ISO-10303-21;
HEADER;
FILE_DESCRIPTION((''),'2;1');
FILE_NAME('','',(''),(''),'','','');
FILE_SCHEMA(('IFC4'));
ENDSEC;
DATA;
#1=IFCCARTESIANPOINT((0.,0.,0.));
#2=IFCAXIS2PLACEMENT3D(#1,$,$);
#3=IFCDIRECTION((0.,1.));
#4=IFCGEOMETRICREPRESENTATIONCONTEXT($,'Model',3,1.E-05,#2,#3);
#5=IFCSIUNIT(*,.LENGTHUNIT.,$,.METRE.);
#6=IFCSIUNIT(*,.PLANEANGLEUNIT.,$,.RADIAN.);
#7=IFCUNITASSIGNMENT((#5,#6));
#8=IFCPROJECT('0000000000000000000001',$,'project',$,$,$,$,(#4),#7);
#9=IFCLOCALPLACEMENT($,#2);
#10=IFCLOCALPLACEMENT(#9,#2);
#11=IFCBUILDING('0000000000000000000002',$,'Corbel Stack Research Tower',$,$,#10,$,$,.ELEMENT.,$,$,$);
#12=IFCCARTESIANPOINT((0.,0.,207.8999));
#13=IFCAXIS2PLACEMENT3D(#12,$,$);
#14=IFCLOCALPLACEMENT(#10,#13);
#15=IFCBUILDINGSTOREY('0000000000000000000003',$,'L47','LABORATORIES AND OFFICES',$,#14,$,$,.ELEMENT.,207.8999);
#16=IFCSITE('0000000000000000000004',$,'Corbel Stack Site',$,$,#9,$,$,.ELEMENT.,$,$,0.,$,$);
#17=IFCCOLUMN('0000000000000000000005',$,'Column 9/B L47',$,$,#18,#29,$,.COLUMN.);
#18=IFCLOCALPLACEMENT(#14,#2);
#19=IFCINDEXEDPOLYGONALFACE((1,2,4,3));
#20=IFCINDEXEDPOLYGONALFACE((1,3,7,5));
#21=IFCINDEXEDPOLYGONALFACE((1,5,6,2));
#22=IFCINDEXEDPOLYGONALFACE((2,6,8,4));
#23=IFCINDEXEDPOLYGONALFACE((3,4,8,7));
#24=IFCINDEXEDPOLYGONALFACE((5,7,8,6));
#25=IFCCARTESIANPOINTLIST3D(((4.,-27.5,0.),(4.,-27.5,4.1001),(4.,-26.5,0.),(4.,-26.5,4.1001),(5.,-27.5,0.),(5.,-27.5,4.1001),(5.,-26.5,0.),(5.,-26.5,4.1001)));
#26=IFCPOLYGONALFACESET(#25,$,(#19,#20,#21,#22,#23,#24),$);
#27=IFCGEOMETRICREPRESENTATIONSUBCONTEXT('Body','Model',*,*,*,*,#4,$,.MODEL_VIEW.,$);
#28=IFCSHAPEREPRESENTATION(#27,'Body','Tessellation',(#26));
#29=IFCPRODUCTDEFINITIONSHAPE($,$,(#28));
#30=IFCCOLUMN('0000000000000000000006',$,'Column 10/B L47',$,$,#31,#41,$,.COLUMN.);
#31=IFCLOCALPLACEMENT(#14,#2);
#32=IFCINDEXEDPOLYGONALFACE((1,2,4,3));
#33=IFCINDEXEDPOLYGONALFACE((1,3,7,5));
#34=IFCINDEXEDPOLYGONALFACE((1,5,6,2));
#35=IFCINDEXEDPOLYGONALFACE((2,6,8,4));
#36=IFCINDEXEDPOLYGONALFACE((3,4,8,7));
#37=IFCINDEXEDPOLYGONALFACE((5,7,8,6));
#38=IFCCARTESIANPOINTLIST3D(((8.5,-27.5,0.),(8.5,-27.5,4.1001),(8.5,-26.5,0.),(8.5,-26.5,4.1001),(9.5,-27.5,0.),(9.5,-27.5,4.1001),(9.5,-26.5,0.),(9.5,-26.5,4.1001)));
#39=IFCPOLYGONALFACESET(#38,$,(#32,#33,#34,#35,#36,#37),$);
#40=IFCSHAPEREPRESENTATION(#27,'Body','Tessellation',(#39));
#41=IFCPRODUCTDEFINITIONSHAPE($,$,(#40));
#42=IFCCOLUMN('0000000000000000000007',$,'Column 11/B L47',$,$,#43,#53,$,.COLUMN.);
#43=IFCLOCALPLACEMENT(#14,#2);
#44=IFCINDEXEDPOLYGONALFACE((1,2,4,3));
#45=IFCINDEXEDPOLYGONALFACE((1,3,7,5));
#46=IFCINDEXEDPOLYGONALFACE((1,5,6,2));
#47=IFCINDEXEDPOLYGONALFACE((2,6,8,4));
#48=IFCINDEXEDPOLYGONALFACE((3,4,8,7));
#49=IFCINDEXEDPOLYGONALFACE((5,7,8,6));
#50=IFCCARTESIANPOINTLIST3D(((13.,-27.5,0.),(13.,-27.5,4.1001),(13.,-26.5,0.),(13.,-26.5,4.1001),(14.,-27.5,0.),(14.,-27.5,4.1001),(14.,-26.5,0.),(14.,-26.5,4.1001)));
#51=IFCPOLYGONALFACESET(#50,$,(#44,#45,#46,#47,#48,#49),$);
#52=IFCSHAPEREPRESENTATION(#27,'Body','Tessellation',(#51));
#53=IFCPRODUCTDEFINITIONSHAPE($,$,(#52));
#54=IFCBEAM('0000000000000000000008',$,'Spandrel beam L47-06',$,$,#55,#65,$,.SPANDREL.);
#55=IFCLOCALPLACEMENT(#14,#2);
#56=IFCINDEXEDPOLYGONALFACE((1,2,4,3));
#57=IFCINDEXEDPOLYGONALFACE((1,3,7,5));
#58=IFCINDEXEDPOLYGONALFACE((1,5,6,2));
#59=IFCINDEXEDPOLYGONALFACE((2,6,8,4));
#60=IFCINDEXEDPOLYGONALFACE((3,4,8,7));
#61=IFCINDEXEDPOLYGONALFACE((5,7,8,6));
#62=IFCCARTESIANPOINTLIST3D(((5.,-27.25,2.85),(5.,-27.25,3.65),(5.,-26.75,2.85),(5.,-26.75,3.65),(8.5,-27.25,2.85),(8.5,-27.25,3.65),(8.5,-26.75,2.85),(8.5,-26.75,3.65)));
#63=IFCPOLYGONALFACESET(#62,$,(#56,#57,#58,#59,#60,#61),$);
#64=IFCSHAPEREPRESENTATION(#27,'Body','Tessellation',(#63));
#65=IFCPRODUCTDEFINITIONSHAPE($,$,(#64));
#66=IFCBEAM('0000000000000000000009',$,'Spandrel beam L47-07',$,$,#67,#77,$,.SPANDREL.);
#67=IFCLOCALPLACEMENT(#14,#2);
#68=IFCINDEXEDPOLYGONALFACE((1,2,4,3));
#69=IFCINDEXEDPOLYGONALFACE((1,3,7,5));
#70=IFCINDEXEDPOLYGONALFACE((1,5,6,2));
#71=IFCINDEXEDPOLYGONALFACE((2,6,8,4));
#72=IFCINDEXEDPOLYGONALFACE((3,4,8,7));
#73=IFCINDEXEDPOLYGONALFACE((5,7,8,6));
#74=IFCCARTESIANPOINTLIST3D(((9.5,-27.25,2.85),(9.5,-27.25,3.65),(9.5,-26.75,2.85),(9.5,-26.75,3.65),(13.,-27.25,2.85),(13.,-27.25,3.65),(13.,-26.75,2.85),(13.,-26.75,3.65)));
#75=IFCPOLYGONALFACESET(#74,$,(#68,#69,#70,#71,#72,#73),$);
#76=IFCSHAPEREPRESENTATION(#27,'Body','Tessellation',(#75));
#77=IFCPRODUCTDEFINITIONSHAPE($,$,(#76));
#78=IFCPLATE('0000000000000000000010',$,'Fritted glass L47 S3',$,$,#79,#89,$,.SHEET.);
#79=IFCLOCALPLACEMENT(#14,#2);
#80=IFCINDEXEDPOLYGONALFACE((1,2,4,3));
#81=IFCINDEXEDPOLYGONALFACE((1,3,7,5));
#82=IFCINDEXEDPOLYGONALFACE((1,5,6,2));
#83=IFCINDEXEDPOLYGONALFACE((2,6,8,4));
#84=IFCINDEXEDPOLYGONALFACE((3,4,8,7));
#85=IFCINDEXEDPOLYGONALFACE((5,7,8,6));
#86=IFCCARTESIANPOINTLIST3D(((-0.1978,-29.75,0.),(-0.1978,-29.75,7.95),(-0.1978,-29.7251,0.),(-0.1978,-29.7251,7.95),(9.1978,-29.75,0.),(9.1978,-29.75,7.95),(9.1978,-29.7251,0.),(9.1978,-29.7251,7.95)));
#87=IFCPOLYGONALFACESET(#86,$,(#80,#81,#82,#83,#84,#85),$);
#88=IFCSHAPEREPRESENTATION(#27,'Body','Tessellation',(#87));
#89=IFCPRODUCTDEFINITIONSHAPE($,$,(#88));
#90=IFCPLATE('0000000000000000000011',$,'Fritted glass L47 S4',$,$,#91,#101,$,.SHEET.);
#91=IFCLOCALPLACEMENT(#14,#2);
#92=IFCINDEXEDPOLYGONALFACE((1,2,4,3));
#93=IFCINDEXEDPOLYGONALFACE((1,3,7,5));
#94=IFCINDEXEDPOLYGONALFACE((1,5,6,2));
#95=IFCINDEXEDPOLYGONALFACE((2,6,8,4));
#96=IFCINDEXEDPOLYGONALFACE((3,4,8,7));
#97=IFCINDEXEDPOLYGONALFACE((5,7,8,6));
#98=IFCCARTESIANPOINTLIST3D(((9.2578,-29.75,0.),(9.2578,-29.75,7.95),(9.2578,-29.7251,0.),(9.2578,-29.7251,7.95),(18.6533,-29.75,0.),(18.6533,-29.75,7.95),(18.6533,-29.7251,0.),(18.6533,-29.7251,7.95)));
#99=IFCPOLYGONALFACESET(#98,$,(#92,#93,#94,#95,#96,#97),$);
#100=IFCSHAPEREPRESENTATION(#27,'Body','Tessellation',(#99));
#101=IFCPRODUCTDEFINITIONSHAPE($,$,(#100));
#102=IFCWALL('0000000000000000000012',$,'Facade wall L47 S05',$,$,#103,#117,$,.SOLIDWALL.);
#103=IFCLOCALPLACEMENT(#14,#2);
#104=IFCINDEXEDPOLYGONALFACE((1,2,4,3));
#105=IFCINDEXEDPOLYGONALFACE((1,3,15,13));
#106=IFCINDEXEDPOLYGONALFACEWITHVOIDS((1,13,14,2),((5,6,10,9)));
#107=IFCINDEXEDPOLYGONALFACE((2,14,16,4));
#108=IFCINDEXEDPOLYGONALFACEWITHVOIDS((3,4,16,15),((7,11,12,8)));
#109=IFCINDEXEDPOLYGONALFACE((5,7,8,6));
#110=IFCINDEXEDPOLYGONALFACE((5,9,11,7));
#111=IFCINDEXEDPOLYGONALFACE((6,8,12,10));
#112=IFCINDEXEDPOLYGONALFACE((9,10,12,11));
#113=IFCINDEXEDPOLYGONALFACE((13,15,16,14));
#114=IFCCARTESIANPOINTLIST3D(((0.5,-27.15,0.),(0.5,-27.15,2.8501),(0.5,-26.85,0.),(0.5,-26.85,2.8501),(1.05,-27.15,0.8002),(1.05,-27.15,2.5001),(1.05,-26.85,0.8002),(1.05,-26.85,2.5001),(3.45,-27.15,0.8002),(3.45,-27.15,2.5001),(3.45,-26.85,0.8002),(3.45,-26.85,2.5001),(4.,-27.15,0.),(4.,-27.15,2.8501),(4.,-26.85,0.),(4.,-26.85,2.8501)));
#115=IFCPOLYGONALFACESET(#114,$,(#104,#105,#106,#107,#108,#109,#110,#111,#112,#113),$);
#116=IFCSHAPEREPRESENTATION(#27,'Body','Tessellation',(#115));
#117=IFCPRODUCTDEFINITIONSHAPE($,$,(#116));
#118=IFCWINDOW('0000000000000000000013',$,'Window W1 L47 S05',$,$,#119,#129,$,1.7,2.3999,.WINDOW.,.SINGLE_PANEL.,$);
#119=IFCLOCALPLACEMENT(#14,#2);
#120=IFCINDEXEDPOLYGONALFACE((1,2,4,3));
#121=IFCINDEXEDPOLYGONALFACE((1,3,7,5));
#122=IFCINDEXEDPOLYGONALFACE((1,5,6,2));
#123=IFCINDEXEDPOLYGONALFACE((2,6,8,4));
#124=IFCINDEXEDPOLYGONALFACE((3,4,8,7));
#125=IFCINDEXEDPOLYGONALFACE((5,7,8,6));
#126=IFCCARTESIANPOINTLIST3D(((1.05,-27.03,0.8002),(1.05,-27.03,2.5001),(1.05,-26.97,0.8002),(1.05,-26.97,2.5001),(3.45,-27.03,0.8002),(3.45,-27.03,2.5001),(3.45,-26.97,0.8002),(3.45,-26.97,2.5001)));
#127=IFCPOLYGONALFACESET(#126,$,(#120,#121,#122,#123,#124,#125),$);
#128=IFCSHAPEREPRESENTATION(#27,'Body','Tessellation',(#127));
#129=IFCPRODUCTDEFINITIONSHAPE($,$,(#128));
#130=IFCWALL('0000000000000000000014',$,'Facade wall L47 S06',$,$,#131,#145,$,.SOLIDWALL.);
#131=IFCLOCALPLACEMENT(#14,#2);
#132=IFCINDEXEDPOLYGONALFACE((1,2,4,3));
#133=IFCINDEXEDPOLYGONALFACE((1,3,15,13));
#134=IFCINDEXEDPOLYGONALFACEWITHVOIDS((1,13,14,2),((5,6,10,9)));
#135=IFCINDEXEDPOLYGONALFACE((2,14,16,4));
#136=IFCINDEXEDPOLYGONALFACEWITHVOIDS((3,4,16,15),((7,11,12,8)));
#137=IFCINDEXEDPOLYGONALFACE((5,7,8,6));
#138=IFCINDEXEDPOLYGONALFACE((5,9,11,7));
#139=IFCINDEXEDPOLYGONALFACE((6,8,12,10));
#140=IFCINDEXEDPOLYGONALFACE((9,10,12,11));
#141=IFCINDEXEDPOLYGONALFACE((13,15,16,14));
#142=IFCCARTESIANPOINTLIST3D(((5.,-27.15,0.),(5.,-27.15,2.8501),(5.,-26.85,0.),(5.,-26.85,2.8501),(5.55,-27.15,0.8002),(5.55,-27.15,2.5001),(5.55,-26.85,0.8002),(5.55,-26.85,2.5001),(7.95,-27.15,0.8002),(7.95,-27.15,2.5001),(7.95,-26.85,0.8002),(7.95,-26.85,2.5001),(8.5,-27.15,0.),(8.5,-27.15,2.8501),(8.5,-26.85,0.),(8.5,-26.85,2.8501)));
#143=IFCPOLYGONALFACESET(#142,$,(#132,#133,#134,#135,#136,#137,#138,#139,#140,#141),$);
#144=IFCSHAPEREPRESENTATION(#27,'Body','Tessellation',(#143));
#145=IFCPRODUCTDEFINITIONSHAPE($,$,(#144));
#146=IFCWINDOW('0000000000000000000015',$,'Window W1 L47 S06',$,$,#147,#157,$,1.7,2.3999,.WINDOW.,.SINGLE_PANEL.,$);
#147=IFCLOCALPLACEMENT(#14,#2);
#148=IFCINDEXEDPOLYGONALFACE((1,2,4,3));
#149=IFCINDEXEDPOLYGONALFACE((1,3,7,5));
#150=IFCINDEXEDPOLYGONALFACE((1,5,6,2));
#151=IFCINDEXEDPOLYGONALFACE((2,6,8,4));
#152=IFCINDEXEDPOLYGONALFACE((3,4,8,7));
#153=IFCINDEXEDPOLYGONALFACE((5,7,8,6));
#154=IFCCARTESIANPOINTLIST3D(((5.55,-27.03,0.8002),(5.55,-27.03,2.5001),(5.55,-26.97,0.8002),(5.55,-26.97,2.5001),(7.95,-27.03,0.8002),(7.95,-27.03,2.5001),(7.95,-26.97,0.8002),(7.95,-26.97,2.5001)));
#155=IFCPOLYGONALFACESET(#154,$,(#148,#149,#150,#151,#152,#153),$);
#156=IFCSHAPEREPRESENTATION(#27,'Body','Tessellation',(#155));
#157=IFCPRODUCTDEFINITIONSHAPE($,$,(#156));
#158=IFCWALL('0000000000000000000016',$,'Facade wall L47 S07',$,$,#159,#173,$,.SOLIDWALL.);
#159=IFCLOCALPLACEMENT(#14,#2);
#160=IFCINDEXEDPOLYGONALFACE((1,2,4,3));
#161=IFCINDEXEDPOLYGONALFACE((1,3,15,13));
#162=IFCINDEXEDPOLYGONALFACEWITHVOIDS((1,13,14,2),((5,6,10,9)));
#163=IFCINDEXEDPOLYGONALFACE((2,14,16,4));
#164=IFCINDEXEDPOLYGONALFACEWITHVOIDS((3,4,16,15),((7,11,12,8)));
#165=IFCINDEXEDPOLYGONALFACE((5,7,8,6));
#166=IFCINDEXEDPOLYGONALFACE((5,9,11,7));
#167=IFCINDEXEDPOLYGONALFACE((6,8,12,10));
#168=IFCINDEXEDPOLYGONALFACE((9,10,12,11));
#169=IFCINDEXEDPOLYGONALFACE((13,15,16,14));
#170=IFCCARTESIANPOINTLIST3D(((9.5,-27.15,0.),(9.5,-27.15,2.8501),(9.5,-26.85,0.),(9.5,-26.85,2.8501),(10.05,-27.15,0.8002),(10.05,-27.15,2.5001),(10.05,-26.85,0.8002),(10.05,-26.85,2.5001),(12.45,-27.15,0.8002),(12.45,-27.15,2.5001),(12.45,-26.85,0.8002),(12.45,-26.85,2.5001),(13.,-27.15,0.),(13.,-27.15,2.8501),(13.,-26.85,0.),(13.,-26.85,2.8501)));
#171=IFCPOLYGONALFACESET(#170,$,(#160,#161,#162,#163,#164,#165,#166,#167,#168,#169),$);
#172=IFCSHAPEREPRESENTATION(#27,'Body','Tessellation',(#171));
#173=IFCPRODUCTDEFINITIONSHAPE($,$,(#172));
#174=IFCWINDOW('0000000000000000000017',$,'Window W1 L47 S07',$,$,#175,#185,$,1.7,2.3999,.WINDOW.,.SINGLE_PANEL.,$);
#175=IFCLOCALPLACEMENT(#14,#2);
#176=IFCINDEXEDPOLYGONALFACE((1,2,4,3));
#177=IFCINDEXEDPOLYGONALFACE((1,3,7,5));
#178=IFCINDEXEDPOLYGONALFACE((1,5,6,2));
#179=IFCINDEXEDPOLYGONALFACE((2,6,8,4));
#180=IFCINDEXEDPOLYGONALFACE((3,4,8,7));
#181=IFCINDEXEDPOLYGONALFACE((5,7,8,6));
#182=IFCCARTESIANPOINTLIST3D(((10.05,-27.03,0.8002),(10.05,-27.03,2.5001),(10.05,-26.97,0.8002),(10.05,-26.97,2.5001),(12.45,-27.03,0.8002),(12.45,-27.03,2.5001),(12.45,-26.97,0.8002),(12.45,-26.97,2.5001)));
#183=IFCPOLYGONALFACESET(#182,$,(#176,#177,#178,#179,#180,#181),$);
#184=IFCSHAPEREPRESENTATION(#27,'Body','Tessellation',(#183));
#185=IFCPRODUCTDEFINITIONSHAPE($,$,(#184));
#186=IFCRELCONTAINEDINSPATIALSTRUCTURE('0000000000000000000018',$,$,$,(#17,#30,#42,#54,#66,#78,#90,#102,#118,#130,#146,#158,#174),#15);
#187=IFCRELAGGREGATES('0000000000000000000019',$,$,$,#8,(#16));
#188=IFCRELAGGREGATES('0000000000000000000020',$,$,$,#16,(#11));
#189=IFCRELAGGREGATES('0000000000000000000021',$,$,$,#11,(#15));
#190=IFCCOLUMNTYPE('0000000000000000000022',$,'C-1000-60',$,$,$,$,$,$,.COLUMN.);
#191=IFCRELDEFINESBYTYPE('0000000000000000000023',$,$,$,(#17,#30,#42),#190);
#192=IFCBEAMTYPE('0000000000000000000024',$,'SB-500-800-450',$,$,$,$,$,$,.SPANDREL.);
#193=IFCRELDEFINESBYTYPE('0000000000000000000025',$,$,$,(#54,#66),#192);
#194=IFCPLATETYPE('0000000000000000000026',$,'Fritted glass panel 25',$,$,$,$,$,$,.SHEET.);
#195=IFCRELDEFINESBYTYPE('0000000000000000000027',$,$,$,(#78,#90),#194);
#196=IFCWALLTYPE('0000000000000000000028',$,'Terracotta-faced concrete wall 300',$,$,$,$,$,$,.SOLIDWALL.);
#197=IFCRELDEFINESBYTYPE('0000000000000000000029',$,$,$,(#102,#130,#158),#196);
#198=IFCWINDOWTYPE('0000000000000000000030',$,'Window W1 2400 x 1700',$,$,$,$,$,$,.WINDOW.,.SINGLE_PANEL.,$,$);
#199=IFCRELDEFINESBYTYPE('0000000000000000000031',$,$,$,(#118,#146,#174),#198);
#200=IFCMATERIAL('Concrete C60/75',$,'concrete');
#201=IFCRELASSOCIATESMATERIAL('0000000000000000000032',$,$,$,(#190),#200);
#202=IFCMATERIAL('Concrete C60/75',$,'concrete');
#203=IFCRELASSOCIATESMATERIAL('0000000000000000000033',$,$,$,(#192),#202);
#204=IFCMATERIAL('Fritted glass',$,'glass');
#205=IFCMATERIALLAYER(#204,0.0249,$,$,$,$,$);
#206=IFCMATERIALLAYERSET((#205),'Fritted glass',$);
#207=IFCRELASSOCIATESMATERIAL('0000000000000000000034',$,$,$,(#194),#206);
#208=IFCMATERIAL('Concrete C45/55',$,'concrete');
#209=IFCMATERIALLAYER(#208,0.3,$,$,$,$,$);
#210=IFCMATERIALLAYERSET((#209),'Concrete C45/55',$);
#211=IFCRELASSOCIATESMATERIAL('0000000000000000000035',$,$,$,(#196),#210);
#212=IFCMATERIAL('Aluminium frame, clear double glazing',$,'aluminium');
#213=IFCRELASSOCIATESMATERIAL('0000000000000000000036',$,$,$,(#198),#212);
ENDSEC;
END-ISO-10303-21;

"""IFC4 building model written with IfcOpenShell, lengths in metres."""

from ifc_helpers import new_model, si_unit, direction, frame, frame_2d, origin, origin_2d, place, context, subcontext, project, spatial, rectangle, extrude, material, layer, layer_set, material_profile, profile_set, type_object, element, fill, save


model = new_model("IFC4")

# Units and contexts
model_context = context("Model", 3, precision=1e-05, world=origin(), true_north=direction((0.0, 1.0)))
body_context = subcontext(model_context, "Body", "Model", "MODEL_VIEW")
ifc_project = project(units=[si_unit("LENGTHUNIT", "METRE"), si_unit("PLANEANGLEUNIT", "RADIAN")], contexts=[model_context])

# Site, building, storey
site_placement = place(None, origin())
site = spatial("IfcSite", under=ifc_project, at=site_placement, Name="Corbel Stack Site", CompositionType="ELEMENT", RefElevation=0.0)
building_placement = place(site_placement, origin())
building = spatial("IfcBuilding", under=site, at=building_placement, Name="Corbel Stack Research Tower", CompositionType="ELEMENT")
storey_placement = place(building_placement, frame((0.0, 0.0, 207.8999)))
storey = spatial("IfcBuildingStorey", under=building, at=storey_placement, Name="L47", Description="LABORATORIES AND OFFICES", CompositionType="ELEMENT", Elevation=207.8999)

# Columns
ifc_material_1 = material(Name="Concrete C60/75", Category="concrete")
ifc_material_profile_1 = material_profile(ifc_material_1, rectangle(XDim=1.0, YDim=1.0, at=origin_2d()), Name="RC 1000 x 1000")
ifc_profile_set_1 = profile_set([ifc_material_profile_1], Name="Concrete C60/75")
column_type = type_object("IfcColumnType", Name="C-1000-60", PredefinedType="COLUMN", material=ifc_profile_set_1)
for number, where, z_axis, x_axis, name in (
    (1, (4.5, -27.0, 0.0), (0.0, 0.0, 1.0), (1.0, 0.0, 0.0), "Column 9/B L47"),
    (2, (9.0, -27.0, 0.0), (0.0, 0.0, 1.0), (1.0, 0.0, 0.0), "Column 10/B L47"),
    (3, (13.5, -27.0, 0.0), (0.0, 0.0, 1.0), (1.0, 0.0, 0.0), "Column 11/B L47"),
):
    element("IfcColumn", number, at=place(storey_placement, frame(where, z_axis=z_axis, x_axis=x_axis)), inside=storey, type_object=column_type, Name=name, PredefinedType="COLUMN", context=body_context, shape_type="SweptSolid", body=[
        extrude(rectangle(XDim=1.0, YDim=1.0, at=origin_2d()), origin(), (0.0, 0.0, 1.0), 4.1001),
    ])

# Beams
ifc_material_2 = material(Name="Concrete C60/75", Category="concrete")
ifc_material_profile_2 = material_profile(ifc_material_2, rectangle(XDim=0.5, YDim=0.8, at=origin_2d()), Name="RC 500 x 800")
ifc_profile_set_2 = profile_set([ifc_material_profile_2], Name="Concrete C60/75")
beam_type = type_object("IfcBeamType", Name="SB-500-800-450", PredefinedType="SPANDREL", material=ifc_profile_set_2)
for number, where, z_axis, x_axis, name in (
    (4, (5.0, -27.0, 3.25), (1.0, 0.0, 0.0), (0.0, 1.0, 0.0), "Spandrel beam L47-06"),
    (5, (9.5, -27.0, 3.25), (1.0, 0.0, 0.0), (0.0, 1.0, 0.0), "Spandrel beam L47-07"),
):
    element("IfcBeam", number, at=place(storey_placement, frame(where, z_axis=z_axis, x_axis=x_axis)), inside=storey, type_object=beam_type, Name=name, PredefinedType="SPANDREL", context=body_context, shape_type="SweptSolid", body=[
        extrude(rectangle(XDim=0.5, YDim=0.8, at=origin_2d()), origin(), (0.0, 0.0, 1.0), 3.5),
    ])

# Plates
ifc_material_3 = material(Name="Fritted glass", Category="glass")
ifc_layer_1 = layer(ifc_material_3, 0.0249)
ifc_layer_set_1 = layer_set([ifc_layer_1], Name="Fritted glass")
plate_type = type_object("IfcPlateType", Name="Fritted glass panel 25", PredefinedType="SHEET", material=ifc_layer_set_1)
for number, where, z_axis, x_axis, name in (
    (6, (4.5, -29.7375, 0.0), (0.0, 0.0, 1.0), (1.0, 0.0, 0.0), "Fritted glass L47 S3"),
    (7, (13.9556, -29.7375, 0.0), (0.0, 0.0, 1.0), (1.0, 0.0, 0.0), "Fritted glass L47 S4"),
):
    element("IfcPlate", number, at=place(storey_placement, frame(where, z_axis=z_axis, x_axis=x_axis)), inside=storey, type_object=plate_type, Name=name, PredefinedType="SHEET", context=body_context, shape_type="SweptSolid", body=[
        extrude(rectangle(XDim=9.3955, YDim=0.0249, at=origin_2d()), origin(), (0.0, 0.0, 1.0), 7.95),
    ])

# Walls, openings, windows
ifc_material_4 = material(Name="Concrete C45/55", Category="concrete")
ifc_layer_2 = layer(ifc_material_4, 0.3)
ifc_layer_set_2 = layer_set([ifc_layer_2], Name="Concrete C45/55")
wall_type = type_object("IfcWallType", Name="Terracotta-faced concrete wall 300", PredefinedType="SOLIDWALL", material=ifc_layer_set_2)
wall_1_placement = place(storey_placement, frame((4.0, -27.0, 0.0), z_axis=(0.0, 0.0, 1.0), x_axis=(-1.0, 0.0, 0.0)))
wall_1 = element("IfcWall", 8, at=wall_1_placement, inside=storey, type_object=wall_type, Name="Facade wall L47 S05", PredefinedType="SOLIDWALL", context=body_context, shape_type="SweptSolid", body=[
    extrude(rectangle(XDim=3.5, YDim=0.3, at=frame_2d((1.75, 0.0))), origin(), (0.0, 0.0, 1.0), 2.8501),
])
opening_1_placement = place(wall_1_placement, frame((0.55, 0.0, 0.8)))
opening_1 = element("IfcOpeningElement", 9, at=opening_1_placement, cuts=wall_1, PredefinedType="OPENING", context=body_context, shape_type="SweptSolid", body=[
    extrude(rectangle(XDim=2.3999, YDim=1.7, at=frame_2d((1.2, 0.8501))), frame((0.0, 0.1599, 0.0), z_axis=(0.0, -1.0, 0.0), x_axis=(1.0, 0.0, 0.0)), (0.0, 0.0, 1.0), 0.3201),
])
ifc_material_5 = material(Name="Aluminium frame, clear double glazing", Category="aluminium")
window_type = type_object("IfcWindowType", Name="Window W1 2400 x 1700", PartitioningType="SINGLE_PANEL", PredefinedType="WINDOW", material=ifc_material_5)
window_1_placement = place(opening_1_placement, origin())
window_1 = element("IfcWindow", 10, at=window_1_placement, inside=storey, type_object=window_type, Name="Window W1 L47 S05", OverallHeight=1.7, OverallWidth=2.3999, PartitioningType="SINGLE_PANEL", PredefinedType="WINDOW", context=body_context, shape_type="SweptSolid", body=[
    extrude(rectangle(XDim=2.3999, YDim=1.7, at=frame_2d((1.2, 0.8501))), frame((0.0, 0.03, 0.0), z_axis=(0.0, -1.0, 0.0), x_axis=(1.0, 0.0, 0.0)), (0.0, 0.0, 1.0), 0.0601),
])
fill(opening_1, window_1)
wall_2_placement = place(storey_placement, frame((8.5, -27.0, 0.0), z_axis=(0.0, 0.0, 1.0), x_axis=(-1.0, 0.0, 0.0)))
wall_2 = element("IfcWall", 11, at=wall_2_placement, inside=storey, type_object=wall_type, Name="Facade wall L47 S06", PredefinedType="SOLIDWALL", context=body_context, shape_type="SweptSolid", body=[
    extrude(rectangle(XDim=3.5, YDim=0.3, at=frame_2d((1.75, 0.0))), origin(), (0.0, 0.0, 1.0), 2.8501),
])
opening_2_placement = place(wall_2_placement, frame((0.55, 0.0, 0.8)))
opening_2 = element("IfcOpeningElement", 12, at=opening_2_placement, cuts=wall_2, PredefinedType="OPENING", context=body_context, shape_type="SweptSolid", body=[
    extrude(rectangle(XDim=2.3999, YDim=1.7, at=frame_2d((1.2, 0.8501))), frame((0.0, 0.1599, 0.0), z_axis=(0.0, -1.0, 0.0), x_axis=(1.0, 0.0, 0.0)), (0.0, 0.0, 1.0), 0.3201),
])
window_2_placement = place(opening_2_placement, origin())
window_2 = element("IfcWindow", 13, at=window_2_placement, inside=storey, type_object=window_type, Name="Window W1 L47 S06", OverallHeight=1.7, OverallWidth=2.3999, PartitioningType="SINGLE_PANEL", PredefinedType="WINDOW", context=body_context, shape_type="SweptSolid", body=[
    extrude(rectangle(XDim=2.3999, YDim=1.7, at=frame_2d((1.2, 0.8501))), frame((0.0, 0.03, 0.0), z_axis=(0.0, -1.0, 0.0), x_axis=(1.0, 0.0, 0.0)), (0.0, 0.0, 1.0), 0.0601),
])
fill(opening_2, window_2)
wall_3_placement = place(storey_placement, frame((13.0, -27.0, 0.0), z_axis=(0.0, 0.0, 1.0), x_axis=(-1.0, 0.0, 0.0)))
wall_3 = element("IfcWall", 14, at=wall_3_placement, inside=storey, type_object=wall_type, Name="Facade wall L47 S07", PredefinedType="SOLIDWALL", context=body_context, shape_type="SweptSolid", body=[
    extrude(rectangle(XDim=3.5, YDim=0.3, at=frame_2d((1.75, 0.0))), origin(), (0.0, 0.0, 1.0), 2.8501),
])
opening_3_placement = place(wall_3_placement, frame((0.55, 0.0, 0.8)))
opening_3 = element("IfcOpeningElement", 15, at=opening_3_placement, cuts=wall_3, PredefinedType="OPENING", context=body_context, shape_type="SweptSolid", body=[
    extrude(rectangle(XDim=2.3999, YDim=1.7, at=frame_2d((1.2, 0.8501))), frame((0.0, 0.1599, 0.0), z_axis=(0.0, -1.0, 0.0), x_axis=(1.0, 0.0, 0.0)), (0.0, 0.0, 1.0), 0.3201),
])
window_3_placement = place(opening_3_placement, origin())
window_3 = element("IfcWindow", 16, at=window_3_placement, inside=storey, type_object=window_type, Name="Window W1 L47 S07", OverallHeight=1.7, OverallWidth=2.3999, PartitioningType="SINGLE_PANEL", PredefinedType="WINDOW", context=body_context, shape_type="SweptSolid", body=[
    extrude(rectangle(XDim=2.3999, YDim=1.7, at=frame_2d((1.2, 0.8501))), frame((0.0, 0.03, 0.0), z_axis=(0.0, -1.0, 0.0), x_axis=(1.0, 0.0, 0.0)), (0.0, 0.0, 1.0), 0.0601),
])
fill(opening_3, window_3)

save(model, "model.ifc")
